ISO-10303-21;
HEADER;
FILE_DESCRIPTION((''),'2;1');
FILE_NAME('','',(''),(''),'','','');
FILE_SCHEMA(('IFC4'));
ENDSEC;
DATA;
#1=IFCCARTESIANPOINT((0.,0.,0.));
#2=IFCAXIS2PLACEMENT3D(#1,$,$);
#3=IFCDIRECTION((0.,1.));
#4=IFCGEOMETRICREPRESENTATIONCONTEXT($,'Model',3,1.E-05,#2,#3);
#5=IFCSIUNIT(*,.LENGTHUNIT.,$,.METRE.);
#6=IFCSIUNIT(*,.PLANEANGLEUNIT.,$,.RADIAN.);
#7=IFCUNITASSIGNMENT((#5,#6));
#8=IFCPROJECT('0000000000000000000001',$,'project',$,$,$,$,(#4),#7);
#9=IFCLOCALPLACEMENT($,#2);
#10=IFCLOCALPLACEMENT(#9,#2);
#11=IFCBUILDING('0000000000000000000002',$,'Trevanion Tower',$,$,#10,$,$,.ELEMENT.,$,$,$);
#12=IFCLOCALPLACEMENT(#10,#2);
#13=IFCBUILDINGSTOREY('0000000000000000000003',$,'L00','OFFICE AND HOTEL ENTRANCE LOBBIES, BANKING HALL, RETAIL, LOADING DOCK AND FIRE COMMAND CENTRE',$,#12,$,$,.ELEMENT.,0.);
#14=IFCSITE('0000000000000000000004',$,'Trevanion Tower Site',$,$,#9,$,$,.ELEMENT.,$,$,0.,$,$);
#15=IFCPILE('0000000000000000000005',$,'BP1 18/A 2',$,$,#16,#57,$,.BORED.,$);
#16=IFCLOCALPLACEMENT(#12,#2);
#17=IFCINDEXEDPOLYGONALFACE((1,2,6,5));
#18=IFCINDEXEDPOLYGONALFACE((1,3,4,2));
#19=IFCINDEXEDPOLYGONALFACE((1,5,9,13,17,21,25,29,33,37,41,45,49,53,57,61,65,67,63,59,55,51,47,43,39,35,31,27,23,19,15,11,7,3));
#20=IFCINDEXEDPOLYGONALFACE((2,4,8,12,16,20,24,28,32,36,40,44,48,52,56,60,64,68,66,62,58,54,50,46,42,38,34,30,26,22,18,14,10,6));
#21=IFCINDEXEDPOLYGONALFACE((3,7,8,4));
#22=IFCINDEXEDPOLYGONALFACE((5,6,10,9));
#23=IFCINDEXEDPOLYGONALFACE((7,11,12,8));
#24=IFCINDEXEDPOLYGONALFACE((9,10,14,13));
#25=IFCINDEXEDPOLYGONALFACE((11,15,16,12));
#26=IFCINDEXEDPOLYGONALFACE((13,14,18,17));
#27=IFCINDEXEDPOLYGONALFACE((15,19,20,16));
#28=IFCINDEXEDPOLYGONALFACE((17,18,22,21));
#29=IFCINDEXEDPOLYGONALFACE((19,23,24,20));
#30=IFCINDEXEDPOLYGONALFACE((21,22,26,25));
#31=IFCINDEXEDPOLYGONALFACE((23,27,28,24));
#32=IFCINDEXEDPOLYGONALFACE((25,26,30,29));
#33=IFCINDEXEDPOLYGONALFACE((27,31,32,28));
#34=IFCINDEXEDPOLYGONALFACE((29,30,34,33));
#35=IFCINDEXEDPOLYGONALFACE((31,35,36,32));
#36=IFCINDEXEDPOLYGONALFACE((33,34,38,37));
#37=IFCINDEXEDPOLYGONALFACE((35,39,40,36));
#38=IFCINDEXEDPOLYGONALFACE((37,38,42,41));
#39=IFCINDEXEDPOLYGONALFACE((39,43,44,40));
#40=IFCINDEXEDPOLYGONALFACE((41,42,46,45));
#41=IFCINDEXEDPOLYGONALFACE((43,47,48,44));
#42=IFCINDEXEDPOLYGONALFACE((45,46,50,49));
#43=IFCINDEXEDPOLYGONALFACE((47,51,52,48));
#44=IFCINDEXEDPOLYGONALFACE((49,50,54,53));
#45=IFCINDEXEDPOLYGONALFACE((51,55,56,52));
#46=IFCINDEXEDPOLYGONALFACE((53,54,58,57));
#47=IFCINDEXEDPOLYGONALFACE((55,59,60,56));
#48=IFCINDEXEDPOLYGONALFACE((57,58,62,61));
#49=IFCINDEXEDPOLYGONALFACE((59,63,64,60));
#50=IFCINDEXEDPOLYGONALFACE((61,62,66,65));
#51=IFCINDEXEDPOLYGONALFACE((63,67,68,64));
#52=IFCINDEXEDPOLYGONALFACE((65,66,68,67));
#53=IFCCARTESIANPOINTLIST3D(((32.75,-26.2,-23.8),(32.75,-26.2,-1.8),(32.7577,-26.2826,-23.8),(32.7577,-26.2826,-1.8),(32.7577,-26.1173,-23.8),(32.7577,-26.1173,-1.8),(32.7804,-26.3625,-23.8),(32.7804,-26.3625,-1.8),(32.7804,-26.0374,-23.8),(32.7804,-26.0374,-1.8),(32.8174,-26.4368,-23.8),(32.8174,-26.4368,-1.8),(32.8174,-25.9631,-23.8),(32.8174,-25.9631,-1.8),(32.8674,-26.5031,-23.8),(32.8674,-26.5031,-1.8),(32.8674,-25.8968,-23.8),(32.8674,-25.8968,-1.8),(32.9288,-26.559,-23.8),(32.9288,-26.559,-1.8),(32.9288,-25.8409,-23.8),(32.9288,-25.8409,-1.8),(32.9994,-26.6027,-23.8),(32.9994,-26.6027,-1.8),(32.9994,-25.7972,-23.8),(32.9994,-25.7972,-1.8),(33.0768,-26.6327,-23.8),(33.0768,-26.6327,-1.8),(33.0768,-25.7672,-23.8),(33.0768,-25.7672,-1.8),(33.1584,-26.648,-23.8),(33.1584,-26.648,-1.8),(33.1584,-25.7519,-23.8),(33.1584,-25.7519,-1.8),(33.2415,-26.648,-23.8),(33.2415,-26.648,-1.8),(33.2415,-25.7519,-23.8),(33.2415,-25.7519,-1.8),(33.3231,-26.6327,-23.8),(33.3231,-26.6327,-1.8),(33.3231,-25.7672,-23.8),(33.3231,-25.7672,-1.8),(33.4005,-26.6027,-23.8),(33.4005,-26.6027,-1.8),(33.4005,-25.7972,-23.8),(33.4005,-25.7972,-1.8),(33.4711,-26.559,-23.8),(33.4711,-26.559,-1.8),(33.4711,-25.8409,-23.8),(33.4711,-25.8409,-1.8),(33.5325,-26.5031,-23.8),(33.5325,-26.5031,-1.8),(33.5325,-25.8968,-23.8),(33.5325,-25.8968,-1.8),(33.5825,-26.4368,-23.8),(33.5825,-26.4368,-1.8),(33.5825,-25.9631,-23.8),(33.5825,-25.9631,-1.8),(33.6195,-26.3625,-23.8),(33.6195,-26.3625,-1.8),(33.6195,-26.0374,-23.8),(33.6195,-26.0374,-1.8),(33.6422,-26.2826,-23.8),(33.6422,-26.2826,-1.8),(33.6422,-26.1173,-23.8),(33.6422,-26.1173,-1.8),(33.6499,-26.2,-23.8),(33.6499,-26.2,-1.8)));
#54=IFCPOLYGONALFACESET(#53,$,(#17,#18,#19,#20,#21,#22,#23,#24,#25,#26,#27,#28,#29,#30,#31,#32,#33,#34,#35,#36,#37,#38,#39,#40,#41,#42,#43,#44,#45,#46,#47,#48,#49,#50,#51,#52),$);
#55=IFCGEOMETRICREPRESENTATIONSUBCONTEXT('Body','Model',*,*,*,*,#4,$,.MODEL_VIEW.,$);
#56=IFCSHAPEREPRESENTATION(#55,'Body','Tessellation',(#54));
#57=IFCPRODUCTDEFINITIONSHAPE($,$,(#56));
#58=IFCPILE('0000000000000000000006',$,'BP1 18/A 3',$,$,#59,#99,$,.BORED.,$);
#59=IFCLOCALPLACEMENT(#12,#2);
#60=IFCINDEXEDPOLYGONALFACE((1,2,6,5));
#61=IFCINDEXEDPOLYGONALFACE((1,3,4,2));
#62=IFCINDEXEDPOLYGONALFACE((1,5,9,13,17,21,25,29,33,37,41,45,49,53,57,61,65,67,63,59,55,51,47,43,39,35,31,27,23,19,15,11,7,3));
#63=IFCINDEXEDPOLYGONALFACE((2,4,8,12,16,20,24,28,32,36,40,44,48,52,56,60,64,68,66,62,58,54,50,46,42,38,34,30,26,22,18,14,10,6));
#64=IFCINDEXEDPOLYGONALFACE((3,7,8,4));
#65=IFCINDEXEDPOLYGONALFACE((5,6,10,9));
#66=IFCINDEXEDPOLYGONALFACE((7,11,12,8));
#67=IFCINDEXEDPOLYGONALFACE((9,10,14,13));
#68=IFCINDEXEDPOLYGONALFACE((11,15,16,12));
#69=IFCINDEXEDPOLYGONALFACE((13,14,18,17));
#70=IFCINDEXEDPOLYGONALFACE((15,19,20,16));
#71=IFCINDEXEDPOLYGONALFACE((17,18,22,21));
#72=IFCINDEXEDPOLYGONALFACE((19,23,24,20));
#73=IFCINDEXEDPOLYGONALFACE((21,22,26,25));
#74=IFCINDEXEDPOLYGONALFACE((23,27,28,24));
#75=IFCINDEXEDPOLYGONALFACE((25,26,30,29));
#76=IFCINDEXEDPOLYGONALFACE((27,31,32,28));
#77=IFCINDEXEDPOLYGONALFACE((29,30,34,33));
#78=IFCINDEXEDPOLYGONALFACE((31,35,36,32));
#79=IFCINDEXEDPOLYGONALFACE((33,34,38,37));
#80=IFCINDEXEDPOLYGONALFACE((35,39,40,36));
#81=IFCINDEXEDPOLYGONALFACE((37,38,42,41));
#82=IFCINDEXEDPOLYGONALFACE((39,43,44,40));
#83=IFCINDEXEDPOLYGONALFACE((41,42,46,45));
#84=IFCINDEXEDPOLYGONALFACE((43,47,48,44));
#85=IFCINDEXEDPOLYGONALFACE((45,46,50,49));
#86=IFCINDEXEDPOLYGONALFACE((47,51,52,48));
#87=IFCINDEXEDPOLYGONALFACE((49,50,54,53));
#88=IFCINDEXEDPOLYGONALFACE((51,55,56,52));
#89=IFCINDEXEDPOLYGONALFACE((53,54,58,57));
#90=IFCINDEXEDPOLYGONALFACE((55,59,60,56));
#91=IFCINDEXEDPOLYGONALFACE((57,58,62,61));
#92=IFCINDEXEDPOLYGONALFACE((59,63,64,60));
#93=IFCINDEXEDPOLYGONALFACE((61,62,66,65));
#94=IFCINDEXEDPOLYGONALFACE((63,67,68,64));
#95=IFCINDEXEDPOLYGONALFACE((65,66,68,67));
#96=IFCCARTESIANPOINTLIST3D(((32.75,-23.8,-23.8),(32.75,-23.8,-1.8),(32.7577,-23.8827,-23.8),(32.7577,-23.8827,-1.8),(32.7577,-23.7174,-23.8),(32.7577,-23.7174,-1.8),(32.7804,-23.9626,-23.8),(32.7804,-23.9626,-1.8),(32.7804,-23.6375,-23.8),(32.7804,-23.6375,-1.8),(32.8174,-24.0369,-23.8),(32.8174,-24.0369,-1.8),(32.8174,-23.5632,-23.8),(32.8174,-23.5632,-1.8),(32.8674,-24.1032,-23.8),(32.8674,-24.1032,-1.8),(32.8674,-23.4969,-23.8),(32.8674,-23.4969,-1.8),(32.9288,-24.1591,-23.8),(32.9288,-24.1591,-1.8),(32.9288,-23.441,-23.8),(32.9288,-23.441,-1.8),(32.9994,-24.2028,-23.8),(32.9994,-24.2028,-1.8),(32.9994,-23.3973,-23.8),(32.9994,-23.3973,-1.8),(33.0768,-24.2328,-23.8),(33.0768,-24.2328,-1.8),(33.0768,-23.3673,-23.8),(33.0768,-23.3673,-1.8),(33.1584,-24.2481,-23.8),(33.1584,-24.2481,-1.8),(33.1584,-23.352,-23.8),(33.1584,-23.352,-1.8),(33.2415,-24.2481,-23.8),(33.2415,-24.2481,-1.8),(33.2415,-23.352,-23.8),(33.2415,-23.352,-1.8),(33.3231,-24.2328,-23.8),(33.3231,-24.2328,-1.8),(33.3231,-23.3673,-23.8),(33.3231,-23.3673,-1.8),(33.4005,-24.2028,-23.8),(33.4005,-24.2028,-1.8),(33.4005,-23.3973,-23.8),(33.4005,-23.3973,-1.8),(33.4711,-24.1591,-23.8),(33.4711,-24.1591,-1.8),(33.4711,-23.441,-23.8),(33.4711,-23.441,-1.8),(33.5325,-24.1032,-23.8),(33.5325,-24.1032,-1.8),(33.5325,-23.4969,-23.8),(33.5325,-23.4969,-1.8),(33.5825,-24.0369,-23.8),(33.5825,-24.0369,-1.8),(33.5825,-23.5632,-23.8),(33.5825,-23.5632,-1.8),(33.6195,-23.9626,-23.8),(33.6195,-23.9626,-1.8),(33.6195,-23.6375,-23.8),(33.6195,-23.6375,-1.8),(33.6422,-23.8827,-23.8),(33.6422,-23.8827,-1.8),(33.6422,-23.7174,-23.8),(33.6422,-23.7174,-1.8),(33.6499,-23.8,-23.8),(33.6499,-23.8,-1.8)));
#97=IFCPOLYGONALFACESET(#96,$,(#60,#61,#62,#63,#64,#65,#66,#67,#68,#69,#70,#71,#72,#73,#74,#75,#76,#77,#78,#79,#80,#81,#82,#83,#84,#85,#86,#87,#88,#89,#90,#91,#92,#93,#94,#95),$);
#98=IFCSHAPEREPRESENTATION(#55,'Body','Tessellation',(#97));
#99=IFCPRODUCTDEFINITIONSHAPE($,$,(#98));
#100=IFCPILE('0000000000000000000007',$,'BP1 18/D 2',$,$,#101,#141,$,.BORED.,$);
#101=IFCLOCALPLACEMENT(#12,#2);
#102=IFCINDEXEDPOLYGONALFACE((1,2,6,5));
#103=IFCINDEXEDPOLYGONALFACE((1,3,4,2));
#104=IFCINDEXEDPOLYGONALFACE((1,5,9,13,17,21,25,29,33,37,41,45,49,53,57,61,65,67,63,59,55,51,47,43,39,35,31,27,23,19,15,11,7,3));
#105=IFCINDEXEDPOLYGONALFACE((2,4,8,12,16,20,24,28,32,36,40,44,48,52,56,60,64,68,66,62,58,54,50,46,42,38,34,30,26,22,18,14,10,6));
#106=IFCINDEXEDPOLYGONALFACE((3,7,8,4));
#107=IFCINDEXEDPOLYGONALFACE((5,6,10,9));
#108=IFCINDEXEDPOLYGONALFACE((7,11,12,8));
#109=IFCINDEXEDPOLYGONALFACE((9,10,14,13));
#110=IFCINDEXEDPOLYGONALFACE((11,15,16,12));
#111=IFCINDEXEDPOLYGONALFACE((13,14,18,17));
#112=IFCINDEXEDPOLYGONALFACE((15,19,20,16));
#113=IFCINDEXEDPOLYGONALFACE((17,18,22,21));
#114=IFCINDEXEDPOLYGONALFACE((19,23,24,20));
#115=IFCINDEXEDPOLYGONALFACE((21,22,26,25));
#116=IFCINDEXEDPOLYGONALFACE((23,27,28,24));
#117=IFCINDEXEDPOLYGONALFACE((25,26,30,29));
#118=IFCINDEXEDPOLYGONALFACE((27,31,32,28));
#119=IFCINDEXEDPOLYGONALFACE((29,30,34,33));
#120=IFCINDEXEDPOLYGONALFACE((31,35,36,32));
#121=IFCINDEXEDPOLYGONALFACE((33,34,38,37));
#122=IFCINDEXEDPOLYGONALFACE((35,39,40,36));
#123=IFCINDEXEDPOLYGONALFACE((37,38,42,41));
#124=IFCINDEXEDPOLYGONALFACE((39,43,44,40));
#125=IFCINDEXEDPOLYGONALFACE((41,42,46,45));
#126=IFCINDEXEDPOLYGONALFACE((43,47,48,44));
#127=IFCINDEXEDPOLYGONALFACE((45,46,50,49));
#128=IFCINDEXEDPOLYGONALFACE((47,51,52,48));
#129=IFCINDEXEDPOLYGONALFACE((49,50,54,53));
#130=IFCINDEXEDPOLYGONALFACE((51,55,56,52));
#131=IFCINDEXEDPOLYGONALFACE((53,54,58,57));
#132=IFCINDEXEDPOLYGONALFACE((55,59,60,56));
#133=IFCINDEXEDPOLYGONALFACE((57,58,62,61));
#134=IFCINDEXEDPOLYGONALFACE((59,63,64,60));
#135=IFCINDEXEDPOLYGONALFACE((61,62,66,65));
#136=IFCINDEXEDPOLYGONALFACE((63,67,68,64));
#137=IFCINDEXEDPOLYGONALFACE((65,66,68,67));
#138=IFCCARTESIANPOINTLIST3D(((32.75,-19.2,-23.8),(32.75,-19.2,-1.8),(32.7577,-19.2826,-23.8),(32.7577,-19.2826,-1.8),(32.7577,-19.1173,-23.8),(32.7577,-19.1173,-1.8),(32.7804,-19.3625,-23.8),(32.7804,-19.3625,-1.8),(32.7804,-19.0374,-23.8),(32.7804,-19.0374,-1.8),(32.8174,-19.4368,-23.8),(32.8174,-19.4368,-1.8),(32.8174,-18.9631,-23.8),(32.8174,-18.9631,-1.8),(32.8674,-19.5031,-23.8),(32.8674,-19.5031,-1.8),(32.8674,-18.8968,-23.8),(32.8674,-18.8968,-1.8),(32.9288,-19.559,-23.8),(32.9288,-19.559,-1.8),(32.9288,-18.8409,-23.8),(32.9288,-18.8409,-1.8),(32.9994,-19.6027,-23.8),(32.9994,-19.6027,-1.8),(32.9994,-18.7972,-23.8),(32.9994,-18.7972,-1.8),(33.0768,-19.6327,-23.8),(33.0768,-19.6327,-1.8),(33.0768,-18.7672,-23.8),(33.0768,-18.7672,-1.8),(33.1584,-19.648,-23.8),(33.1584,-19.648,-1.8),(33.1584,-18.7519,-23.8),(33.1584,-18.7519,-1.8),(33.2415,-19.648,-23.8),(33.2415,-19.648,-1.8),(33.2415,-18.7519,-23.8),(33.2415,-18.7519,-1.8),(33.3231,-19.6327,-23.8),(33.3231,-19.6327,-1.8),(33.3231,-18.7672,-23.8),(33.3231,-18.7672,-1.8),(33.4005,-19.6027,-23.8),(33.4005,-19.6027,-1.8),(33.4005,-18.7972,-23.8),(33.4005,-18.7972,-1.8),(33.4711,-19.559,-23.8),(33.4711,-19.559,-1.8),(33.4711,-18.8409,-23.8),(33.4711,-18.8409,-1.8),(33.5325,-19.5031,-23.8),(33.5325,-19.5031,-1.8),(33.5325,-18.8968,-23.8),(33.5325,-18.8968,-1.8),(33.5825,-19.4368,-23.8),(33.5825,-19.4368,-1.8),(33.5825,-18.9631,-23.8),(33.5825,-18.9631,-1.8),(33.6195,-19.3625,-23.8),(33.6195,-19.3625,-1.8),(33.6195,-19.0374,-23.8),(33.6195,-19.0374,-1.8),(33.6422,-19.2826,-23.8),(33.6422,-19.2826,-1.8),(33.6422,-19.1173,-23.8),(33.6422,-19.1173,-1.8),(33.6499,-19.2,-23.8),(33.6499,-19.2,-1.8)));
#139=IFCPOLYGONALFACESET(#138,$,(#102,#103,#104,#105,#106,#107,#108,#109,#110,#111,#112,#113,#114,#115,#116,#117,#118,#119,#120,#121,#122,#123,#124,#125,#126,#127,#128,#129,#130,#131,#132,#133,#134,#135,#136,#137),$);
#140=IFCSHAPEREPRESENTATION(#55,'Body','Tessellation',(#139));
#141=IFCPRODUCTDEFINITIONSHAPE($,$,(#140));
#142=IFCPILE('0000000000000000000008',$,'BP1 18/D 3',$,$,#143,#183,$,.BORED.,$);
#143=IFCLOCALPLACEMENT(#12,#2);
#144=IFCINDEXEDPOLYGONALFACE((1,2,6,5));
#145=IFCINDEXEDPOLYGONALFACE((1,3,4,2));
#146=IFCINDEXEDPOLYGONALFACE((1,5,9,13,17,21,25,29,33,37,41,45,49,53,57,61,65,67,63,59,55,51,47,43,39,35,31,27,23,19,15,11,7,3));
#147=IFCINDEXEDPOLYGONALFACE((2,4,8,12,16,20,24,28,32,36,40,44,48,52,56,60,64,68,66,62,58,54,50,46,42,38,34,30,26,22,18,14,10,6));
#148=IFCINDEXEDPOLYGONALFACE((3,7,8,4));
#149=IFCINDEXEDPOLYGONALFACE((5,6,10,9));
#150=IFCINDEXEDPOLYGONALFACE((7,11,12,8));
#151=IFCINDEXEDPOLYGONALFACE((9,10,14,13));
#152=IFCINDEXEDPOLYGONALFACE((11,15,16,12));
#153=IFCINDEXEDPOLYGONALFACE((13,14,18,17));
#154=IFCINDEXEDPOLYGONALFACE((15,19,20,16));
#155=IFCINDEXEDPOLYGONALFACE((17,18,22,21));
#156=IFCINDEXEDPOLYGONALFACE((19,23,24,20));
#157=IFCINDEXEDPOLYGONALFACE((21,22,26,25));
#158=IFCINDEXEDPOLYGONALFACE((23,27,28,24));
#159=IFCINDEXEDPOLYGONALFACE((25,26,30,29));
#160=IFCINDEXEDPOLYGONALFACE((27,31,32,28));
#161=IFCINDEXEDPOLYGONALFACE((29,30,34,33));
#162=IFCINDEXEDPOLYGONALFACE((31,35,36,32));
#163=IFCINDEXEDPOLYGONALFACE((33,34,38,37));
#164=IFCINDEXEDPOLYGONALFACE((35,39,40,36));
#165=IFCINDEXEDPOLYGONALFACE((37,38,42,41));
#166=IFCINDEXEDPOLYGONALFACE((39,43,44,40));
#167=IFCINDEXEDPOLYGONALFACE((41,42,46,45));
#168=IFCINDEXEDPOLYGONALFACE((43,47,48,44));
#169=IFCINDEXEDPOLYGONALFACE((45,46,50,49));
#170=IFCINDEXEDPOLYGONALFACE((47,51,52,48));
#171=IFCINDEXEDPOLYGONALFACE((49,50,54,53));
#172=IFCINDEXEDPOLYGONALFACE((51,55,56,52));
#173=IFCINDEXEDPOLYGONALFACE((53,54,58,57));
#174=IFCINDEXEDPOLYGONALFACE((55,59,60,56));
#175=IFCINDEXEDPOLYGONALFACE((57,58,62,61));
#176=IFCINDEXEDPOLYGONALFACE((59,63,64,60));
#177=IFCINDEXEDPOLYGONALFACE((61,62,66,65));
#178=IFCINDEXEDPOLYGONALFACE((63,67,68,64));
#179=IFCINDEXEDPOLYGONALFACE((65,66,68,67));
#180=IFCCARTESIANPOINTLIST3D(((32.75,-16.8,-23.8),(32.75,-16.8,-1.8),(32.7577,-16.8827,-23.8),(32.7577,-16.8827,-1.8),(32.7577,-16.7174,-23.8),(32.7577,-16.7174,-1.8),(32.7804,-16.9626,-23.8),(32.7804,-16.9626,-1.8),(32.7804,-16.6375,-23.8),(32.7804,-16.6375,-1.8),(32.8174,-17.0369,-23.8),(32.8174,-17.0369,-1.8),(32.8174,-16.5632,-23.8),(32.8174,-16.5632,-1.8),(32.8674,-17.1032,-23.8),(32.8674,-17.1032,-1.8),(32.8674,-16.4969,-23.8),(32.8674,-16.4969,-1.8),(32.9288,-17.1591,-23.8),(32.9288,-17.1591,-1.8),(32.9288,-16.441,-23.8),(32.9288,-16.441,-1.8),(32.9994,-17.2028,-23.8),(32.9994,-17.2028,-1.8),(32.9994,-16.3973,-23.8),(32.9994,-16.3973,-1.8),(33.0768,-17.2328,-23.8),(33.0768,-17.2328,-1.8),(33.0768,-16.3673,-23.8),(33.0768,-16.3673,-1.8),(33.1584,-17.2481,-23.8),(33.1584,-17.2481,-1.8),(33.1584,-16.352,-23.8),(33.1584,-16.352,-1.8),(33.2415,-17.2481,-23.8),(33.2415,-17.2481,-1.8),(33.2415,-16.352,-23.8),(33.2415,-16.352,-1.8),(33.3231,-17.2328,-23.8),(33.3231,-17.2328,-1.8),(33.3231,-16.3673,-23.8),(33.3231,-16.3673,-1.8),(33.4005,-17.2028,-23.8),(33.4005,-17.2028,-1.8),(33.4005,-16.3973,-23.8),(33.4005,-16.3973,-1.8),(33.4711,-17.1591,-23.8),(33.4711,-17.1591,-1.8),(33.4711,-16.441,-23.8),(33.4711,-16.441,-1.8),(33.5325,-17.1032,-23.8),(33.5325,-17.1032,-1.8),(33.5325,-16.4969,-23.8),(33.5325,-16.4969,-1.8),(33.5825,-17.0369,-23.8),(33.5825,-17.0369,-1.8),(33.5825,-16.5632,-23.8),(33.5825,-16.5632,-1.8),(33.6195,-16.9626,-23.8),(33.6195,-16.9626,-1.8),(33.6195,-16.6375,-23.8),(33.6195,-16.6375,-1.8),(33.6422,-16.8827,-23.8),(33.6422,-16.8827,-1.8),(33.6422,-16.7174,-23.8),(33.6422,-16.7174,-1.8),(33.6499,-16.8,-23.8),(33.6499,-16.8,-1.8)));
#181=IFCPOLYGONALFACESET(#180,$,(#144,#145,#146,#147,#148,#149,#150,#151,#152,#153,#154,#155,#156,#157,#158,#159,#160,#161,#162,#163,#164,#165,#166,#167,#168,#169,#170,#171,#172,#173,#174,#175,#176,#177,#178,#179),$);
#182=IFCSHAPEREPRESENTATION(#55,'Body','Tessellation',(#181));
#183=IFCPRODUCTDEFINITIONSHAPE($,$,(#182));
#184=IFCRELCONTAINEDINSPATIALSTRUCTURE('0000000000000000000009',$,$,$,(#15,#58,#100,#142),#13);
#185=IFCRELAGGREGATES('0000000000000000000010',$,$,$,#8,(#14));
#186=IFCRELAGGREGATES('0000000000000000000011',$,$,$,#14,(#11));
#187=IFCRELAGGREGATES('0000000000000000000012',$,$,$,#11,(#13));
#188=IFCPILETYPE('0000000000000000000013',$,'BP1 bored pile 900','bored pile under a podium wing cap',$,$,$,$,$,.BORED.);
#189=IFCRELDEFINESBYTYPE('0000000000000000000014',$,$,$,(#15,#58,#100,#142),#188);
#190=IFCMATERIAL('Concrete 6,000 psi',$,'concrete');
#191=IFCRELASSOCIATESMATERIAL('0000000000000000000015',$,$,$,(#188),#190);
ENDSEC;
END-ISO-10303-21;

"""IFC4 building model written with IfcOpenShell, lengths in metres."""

from ifc_helpers import new_model, si_unit, direction, frame, origin, origin_2d, place, context, subcontext, project, spatial, circle, extrude, material, material_profile, profile_set, type_object, element, save


model = new_model("IFC4")

# Units and contexts
model_context = context("Model", 3, precision=1e-05, world=origin(), true_north=direction((0.0, 1.0)))
body_context = subcontext(model_context, "Body", "Model", "MODEL_VIEW")
ifc_project = project(units=[si_unit("LENGTHUNIT", "METRE"), si_unit("PLANEANGLEUNIT", "RADIAN")], contexts=[model_context])

# Site, building, storey
site_placement = place(None, origin())
site = spatial("IfcSite", under=ifc_project, at=site_placement, Name="Trevanion Tower Site", CompositionType="ELEMENT", RefElevation=0.0)
building_placement = place(site_placement, origin())
building = spatial("IfcBuilding", under=site, at=building_placement, Name="Trevanion Tower", CompositionType="ELEMENT")
storey_placement = place(building_placement, origin())
storey = spatial("IfcBuildingStorey", under=building, at=storey_placement, Name="L00", Description="OFFICE AND HOTEL ENTRANCE LOBBIES, BANKING HALL, RETAIL, LOADING DOCK AND FIRE COMMAND CENTRE", CompositionType="ELEMENT", Elevation=0.0)

# Piles
ifc_material_1 = material(Name="Concrete 6,000 psi", Category="concrete")
ifc_material_profile_1 = material_profile(ifc_material_1, circle(Radius=0.45, at=origin_2d()), Name="BP1 bored pile 900")
ifc_profile_set_1 = profile_set([ifc_material_profile_1], Name="Concrete 6,000 psi")
pile_type = type_object("IfcPileType", Name="BP1 bored pile 900", Description="bored pile under a podium wing cap", PredefinedType="BORED", material=ifc_profile_set_1)
for number, where, z_axis, x_axis, name in (
    (1, (33.2, -26.2, -1.8), (0.0, 0.0, -1.0), (1.0, 0.0, 0.0), "BP1 18/A 2"),
    (2, (33.2, -23.8, -1.8), (0.0, 0.0, -1.0), (1.0, 0.0, 0.0), "BP1 18/A 3"),
    (3, (33.2, -19.2, -1.8), (0.0, 0.0, -1.0), (1.0, 0.0, 0.0), "BP1 18/D 2"),
    (4, (33.2, -16.8, -1.8), (0.0, 0.0, -1.0), (1.0, 0.0, 0.0), "BP1 18/D 3"),
):
    element("IfcPile", number, at=place(storey_placement, frame(where, z_axis=z_axis, x_axis=x_axis)), inside=storey, type_object=pile_type, Name=name, PredefinedType="BORED", context=body_context, shape_type="SweptSolid", body=[
        extrude(circle(Radius=0.45, at=origin_2d()), origin(), (0.0, 0.0, 1.0), 22.0),
    ])

save(model, "model.ifc")
